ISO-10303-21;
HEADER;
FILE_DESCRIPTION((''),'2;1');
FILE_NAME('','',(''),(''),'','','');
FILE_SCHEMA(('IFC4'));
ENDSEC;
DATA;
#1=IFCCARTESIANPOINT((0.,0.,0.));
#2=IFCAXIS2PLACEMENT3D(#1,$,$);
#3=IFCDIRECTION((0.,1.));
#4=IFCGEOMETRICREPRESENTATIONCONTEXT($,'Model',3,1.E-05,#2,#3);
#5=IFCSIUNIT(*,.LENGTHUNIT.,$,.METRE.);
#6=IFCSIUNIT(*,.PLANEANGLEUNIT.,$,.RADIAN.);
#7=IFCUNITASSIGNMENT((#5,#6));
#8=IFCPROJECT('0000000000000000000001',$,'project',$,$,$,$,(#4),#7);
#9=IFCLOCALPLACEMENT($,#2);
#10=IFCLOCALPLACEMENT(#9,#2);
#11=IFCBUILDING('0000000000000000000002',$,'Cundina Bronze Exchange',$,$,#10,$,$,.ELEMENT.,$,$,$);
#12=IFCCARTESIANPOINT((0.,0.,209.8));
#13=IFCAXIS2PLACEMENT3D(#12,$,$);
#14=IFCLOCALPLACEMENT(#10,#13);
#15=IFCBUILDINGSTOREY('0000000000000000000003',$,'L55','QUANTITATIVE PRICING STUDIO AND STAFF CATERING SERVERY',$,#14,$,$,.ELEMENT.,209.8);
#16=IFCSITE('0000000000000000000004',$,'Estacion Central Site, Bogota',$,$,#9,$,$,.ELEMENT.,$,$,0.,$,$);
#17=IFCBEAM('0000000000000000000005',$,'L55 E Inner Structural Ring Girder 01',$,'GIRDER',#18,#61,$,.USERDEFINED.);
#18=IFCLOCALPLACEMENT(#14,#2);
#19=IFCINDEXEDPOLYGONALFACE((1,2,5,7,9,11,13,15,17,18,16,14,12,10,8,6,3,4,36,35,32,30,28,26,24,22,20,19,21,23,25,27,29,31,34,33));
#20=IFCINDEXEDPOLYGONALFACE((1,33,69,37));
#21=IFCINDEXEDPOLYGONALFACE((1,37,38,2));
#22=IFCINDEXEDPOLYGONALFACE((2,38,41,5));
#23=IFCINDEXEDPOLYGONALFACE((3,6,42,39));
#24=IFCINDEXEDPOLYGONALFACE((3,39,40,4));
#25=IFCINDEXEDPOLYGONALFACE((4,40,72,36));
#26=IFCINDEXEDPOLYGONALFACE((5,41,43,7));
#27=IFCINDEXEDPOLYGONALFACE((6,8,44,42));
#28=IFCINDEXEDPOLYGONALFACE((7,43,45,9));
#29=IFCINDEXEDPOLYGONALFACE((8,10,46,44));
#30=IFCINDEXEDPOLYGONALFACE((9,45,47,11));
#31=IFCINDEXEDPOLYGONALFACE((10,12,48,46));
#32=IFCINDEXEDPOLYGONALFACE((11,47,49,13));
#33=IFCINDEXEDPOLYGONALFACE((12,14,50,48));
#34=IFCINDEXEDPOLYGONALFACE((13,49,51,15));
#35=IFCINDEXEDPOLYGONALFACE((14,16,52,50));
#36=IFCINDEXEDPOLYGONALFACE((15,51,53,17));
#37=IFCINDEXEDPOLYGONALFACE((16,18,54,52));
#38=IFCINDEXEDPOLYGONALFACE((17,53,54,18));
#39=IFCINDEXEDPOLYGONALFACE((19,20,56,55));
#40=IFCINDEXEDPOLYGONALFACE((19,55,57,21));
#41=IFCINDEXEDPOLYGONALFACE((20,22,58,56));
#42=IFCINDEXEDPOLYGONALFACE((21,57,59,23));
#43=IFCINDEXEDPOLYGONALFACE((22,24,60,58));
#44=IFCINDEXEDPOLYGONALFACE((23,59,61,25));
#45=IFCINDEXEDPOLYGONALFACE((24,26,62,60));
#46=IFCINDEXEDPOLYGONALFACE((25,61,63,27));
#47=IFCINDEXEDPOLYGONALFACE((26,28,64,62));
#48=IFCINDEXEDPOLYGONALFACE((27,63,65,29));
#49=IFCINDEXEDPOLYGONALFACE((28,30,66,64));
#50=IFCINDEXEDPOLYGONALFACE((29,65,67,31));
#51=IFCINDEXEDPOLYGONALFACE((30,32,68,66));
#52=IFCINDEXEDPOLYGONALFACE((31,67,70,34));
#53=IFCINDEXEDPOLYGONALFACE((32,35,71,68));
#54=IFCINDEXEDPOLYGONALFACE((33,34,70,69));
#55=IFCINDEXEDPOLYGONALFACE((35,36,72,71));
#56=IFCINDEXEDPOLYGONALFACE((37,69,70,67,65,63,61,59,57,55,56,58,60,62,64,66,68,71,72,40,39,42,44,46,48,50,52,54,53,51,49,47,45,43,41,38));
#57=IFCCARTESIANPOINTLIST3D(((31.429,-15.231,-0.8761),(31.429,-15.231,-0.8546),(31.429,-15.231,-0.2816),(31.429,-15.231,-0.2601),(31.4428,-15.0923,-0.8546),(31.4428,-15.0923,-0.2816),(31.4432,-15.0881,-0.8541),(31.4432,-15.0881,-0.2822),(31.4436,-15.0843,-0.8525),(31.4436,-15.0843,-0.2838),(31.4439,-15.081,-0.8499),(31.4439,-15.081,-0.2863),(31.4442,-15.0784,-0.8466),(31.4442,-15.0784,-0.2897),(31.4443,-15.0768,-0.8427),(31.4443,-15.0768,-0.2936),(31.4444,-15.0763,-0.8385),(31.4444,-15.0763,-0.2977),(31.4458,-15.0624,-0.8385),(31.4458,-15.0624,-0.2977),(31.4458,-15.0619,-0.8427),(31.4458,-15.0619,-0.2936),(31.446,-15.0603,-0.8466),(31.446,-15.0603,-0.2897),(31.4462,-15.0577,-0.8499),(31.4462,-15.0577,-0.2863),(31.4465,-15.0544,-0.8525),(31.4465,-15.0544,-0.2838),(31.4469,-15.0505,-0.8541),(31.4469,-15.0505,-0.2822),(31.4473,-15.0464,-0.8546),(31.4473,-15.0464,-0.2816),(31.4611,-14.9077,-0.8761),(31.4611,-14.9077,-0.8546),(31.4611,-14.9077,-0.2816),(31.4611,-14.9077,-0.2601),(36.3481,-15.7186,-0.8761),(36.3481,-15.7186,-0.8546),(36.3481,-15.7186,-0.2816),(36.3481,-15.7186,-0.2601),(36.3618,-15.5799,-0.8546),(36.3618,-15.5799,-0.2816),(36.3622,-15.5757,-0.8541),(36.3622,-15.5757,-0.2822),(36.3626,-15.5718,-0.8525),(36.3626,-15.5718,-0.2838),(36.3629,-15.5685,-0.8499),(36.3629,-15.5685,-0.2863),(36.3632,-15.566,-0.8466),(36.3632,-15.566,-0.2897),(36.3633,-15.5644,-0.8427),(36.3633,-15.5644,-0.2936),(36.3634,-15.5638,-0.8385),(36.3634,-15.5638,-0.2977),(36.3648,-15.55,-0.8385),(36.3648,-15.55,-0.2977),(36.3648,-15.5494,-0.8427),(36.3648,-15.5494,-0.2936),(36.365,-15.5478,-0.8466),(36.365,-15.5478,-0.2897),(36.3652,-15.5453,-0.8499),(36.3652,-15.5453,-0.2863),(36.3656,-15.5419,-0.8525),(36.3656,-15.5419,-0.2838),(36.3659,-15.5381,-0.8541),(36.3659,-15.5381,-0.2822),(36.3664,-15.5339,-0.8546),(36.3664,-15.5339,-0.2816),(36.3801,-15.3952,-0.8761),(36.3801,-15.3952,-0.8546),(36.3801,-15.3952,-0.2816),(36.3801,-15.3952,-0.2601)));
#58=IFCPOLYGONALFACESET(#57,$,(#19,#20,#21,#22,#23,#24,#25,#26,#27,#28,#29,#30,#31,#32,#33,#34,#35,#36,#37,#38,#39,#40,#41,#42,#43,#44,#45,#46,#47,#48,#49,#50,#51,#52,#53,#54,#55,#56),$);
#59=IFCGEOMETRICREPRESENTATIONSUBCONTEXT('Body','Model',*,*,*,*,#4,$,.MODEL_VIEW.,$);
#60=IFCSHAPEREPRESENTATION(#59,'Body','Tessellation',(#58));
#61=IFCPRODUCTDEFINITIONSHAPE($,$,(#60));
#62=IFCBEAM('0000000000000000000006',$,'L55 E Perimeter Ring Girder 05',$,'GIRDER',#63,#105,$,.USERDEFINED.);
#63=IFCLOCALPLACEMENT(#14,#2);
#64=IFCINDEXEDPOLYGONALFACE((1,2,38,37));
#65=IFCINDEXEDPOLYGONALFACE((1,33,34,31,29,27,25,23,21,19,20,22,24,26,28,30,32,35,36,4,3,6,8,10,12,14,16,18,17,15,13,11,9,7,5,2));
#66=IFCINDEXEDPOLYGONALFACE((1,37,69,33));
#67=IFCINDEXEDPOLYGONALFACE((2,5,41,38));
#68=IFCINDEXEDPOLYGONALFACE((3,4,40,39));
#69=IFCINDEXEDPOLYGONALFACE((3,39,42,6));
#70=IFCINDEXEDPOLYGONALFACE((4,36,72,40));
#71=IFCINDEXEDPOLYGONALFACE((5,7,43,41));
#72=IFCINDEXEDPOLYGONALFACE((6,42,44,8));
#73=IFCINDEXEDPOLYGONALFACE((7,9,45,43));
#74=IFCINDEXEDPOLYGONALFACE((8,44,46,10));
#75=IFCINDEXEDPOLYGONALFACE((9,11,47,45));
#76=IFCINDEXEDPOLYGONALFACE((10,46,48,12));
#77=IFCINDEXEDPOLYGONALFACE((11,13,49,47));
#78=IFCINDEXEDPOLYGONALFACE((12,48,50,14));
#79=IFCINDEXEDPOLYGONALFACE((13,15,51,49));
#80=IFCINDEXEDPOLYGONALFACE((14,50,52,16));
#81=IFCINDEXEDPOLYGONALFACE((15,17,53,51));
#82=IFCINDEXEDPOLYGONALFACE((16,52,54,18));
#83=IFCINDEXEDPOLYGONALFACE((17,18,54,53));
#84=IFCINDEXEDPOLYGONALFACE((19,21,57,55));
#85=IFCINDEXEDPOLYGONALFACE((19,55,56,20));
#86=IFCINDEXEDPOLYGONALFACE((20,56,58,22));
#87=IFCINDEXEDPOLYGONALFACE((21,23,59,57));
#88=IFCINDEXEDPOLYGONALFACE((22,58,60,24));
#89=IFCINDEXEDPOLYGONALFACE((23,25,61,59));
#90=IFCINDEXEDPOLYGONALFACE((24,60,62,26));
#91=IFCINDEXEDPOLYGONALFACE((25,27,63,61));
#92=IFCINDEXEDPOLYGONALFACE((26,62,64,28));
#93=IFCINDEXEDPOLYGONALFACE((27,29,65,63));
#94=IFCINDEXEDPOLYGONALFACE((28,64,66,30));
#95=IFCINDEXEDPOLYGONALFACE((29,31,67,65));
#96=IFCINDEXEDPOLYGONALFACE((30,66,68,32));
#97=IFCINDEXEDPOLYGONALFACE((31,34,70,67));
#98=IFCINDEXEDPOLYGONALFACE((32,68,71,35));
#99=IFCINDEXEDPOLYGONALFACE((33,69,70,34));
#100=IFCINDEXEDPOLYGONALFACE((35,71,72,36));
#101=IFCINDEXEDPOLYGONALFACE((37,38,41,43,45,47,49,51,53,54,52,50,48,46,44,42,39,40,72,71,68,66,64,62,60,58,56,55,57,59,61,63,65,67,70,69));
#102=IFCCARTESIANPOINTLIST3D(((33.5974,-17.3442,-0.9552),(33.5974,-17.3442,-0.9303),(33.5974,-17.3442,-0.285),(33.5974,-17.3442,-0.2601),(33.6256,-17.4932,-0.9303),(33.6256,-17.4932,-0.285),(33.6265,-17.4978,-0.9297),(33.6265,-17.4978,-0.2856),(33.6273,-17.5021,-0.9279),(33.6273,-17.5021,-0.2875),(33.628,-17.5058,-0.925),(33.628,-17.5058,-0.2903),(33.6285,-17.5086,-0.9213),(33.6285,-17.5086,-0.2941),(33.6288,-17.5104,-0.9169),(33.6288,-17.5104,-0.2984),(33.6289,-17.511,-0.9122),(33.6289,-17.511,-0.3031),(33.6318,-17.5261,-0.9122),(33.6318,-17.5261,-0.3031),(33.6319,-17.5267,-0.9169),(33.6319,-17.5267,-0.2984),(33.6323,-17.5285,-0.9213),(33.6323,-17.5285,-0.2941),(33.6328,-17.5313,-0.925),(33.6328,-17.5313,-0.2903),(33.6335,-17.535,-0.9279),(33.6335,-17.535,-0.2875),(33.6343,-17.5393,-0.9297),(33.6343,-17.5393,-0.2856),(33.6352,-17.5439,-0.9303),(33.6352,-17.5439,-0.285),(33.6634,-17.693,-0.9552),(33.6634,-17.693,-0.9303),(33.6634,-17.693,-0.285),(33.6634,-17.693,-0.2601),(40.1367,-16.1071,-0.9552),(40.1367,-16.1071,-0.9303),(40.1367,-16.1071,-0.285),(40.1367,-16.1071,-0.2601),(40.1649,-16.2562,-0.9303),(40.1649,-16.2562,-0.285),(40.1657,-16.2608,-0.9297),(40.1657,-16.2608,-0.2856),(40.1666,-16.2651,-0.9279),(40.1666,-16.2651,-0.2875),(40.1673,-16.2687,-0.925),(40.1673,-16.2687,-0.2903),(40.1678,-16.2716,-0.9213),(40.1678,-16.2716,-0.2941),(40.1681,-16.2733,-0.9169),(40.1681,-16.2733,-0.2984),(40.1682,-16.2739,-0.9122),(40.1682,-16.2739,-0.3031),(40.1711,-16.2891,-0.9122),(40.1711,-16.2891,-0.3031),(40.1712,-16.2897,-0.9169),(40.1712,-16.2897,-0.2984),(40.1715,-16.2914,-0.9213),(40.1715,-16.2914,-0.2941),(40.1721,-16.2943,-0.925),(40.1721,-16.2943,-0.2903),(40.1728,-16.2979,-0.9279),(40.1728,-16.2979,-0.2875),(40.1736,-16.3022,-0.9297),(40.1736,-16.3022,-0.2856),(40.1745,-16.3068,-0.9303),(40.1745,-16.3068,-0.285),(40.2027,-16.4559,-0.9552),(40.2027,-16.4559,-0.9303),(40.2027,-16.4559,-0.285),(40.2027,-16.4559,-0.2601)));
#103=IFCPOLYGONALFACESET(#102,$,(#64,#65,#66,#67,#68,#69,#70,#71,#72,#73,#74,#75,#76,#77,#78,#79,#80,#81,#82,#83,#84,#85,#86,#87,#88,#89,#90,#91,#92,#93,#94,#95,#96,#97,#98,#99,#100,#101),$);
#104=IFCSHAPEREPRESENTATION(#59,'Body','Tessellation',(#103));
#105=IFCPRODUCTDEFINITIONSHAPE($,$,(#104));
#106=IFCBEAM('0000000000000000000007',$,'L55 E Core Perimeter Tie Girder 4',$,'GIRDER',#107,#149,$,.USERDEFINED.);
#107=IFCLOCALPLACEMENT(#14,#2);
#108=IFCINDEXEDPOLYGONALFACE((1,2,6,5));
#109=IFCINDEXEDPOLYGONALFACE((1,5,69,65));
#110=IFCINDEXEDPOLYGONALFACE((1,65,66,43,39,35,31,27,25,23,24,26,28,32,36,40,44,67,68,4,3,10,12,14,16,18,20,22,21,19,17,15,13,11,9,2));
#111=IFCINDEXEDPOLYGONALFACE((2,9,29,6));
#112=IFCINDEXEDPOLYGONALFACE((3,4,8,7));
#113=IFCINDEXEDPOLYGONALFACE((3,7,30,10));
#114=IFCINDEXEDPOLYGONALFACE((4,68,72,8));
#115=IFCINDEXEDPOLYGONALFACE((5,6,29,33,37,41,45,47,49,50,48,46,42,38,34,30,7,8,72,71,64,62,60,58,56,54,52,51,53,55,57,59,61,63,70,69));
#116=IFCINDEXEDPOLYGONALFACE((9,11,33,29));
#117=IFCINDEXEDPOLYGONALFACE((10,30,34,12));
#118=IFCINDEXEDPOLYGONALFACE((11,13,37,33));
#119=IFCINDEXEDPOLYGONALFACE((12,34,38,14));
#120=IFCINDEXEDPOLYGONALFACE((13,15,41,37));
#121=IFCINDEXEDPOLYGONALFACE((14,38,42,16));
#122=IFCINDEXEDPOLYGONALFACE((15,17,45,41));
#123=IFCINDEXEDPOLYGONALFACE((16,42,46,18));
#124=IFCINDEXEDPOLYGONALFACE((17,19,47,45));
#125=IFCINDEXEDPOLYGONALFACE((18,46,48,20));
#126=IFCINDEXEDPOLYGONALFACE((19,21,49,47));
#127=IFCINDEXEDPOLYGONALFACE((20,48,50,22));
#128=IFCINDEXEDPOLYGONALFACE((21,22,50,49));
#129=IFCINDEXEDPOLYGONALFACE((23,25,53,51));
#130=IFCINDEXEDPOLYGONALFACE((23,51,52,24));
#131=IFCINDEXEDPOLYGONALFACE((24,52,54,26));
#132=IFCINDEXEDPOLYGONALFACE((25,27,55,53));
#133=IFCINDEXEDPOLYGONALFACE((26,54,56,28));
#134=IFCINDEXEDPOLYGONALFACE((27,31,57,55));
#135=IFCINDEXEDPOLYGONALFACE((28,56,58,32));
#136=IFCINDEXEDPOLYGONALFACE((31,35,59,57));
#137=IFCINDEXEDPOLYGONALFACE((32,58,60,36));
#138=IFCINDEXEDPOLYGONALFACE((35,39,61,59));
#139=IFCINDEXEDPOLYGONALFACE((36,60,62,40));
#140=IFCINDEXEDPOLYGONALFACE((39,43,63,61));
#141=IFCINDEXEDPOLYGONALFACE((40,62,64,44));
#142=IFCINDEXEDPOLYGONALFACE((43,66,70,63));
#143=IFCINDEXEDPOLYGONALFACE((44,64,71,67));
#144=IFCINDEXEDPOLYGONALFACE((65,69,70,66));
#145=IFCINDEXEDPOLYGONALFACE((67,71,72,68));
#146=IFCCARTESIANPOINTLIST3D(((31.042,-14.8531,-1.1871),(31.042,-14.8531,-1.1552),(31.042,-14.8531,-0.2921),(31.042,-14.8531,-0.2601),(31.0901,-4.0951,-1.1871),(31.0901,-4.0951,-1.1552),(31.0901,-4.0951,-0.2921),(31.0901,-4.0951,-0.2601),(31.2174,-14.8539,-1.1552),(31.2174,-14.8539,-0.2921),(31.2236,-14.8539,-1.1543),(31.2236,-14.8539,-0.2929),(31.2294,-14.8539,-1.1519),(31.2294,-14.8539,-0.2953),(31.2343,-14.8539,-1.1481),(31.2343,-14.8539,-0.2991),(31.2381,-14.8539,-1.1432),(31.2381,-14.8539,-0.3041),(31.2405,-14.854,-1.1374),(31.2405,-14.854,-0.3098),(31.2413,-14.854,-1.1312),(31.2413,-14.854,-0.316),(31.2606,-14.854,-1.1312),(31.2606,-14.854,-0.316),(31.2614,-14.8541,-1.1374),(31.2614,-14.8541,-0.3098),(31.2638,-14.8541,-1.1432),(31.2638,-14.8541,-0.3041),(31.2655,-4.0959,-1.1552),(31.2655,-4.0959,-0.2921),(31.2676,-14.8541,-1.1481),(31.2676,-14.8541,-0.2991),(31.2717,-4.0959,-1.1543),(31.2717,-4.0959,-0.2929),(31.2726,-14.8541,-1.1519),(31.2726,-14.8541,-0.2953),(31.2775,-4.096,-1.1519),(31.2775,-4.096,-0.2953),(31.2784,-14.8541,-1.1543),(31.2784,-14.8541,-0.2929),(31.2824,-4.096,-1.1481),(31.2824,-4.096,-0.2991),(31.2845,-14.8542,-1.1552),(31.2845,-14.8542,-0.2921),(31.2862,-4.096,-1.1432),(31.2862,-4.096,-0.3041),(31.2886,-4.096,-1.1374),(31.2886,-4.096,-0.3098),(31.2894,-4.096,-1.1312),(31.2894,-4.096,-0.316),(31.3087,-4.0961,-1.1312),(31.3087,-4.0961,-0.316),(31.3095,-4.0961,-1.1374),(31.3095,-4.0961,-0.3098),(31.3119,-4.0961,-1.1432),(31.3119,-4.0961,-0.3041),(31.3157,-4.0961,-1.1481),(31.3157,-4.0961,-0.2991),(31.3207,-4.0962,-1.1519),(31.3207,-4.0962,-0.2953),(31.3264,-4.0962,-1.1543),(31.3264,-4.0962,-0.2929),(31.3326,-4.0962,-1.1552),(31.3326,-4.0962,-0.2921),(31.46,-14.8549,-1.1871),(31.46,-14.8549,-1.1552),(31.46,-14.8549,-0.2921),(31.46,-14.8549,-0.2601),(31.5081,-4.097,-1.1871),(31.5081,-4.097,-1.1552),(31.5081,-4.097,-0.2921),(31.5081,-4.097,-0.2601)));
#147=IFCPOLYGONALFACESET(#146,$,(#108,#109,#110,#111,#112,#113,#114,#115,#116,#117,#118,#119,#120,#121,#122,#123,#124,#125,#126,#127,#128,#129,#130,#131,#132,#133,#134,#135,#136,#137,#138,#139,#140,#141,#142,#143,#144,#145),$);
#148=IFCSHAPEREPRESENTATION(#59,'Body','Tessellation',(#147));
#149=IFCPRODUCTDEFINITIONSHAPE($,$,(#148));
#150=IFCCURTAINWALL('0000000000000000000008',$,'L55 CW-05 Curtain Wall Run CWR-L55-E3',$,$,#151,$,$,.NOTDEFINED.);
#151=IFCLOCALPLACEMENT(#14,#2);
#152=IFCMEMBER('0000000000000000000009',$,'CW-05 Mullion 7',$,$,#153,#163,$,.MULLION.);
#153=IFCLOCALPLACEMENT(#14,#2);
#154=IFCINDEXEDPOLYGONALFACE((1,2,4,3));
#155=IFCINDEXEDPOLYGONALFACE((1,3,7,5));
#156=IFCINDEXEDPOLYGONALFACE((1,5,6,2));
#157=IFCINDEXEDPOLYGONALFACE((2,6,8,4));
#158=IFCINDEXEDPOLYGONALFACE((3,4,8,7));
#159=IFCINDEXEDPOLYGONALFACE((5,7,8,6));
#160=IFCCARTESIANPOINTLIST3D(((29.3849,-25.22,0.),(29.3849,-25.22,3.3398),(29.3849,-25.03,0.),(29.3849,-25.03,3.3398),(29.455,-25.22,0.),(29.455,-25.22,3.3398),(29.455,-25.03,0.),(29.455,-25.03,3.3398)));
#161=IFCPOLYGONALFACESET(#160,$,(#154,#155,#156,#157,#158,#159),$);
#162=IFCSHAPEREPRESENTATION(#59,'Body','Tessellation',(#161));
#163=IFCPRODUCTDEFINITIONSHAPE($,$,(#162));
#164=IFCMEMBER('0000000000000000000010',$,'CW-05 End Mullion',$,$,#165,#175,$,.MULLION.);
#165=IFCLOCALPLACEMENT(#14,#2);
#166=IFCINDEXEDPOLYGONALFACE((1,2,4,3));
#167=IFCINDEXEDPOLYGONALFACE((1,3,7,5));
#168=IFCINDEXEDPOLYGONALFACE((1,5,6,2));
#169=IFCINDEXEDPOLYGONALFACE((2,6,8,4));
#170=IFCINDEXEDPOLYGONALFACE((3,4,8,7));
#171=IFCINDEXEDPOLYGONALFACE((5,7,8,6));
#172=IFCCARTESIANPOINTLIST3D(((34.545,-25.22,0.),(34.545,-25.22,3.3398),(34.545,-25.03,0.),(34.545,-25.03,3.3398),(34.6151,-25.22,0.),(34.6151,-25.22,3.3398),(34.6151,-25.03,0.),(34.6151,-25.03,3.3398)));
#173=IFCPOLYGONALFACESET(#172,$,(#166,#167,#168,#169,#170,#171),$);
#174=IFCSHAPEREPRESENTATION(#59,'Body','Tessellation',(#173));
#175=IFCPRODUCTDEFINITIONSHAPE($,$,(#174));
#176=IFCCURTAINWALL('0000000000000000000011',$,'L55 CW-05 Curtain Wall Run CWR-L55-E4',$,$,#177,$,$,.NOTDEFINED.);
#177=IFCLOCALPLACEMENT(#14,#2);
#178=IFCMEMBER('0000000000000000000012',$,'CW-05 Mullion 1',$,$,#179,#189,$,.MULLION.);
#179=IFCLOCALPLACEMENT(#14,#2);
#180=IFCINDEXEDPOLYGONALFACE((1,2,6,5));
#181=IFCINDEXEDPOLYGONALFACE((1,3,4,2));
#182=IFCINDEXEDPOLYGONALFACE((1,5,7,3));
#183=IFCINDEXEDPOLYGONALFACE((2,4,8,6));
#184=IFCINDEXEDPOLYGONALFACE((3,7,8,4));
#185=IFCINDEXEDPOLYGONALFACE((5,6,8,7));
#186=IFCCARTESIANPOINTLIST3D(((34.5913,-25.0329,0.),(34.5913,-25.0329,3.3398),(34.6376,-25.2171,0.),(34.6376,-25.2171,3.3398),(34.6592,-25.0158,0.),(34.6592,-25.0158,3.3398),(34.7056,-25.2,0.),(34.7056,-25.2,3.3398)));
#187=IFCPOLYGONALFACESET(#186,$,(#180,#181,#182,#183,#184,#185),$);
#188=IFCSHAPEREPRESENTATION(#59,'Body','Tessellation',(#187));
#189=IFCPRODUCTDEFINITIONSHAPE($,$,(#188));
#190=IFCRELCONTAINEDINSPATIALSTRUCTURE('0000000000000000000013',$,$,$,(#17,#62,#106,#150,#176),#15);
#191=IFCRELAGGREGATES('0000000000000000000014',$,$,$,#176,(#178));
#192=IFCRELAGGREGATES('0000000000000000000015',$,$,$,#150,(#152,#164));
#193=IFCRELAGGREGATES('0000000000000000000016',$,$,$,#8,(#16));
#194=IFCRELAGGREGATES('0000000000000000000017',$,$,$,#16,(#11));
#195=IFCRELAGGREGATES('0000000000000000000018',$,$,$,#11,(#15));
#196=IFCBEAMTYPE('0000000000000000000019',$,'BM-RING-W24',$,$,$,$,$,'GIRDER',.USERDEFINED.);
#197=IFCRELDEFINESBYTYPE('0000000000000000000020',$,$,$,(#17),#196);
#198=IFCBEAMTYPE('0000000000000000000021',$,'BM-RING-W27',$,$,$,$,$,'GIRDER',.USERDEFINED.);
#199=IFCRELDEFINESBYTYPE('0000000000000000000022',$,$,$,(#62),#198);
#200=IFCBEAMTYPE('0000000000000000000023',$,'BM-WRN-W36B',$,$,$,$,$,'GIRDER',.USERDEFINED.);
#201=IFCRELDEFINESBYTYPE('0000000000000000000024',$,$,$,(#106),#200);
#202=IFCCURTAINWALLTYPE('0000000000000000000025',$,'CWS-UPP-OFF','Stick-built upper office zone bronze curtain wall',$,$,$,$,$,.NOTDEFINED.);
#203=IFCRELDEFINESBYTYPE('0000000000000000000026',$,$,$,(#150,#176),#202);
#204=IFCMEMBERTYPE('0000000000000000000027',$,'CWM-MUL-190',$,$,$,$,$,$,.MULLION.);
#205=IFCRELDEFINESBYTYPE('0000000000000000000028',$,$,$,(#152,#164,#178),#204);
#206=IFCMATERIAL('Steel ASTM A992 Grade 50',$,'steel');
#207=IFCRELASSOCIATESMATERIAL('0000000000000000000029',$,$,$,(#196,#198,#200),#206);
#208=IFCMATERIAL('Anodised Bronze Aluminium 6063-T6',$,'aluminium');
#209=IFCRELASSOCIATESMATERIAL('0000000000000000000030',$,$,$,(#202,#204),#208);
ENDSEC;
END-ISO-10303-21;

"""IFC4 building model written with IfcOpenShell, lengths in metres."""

from ifc_helpers import new_model, si_unit, direction, frame, origin, origin_2d, place, context, subcontext, project, spatial, rectangle, i_section, extrude, material, material_profile, profile_set, type_object, element, aggregate, save


model = new_model("IFC4")

# Units and contexts
model_context = context("Model", 3, precision=1e-05, world=origin(), true_north=direction((0.0, 1.0)))
body_context = subcontext(model_context, "Body", "Model", "MODEL_VIEW")
ifc_project = project(units=[si_unit("LENGTHUNIT", "METRE"), si_unit("PLANEANGLEUNIT", "RADIAN")], contexts=[model_context])

# Site, building, storey
site_placement = place(None, origin())
site = spatial("IfcSite", under=ifc_project, at=site_placement, Name="Estacion Central Site, Bogota", CompositionType="ELEMENT", RefElevation=0.0)
building_placement = place(site_placement, origin())
building = spatial("IfcBuilding", under=site, at=building_placement, Name="Cundina Bronze Exchange", CompositionType="ELEMENT")
storey_placement = place(building_placement, frame((0.0, 0.0, 209.8)))
storey = spatial("IfcBuildingStorey", under=building, at=storey_placement, Name="L55", Description="QUANTITATIVE PRICING STUDIO AND STAFF CATERING SERVERY", CompositionType="ELEMENT", Elevation=209.8)

# Shared definitions
ifc_material_1 = material(Name="Steel ASTM A992 Grade 50", Category="steel")

# Beams
ifc_material_profile_1 = material_profile(ifc_material_1, i_section(OverallWidth=0.325, OverallDepth=0.616, WebThickness=0.0139, FlangeThickness=0.0215, FilletRadius=0.0161, at=origin_2d()), Name="W24X117", Category="steel")
ifc_profile_set_1 = profile_set([ifc_material_profile_1], Name="Steel ASTM A992 Grade 50")
beam_type_1 = type_object("IfcBeamType", Name="BM-RING-W24", ElementType="GIRDER", PredefinedType="USERDEFINED", material=ifc_profile_set_1)
beam_1_placement = place(storey_placement, frame((31.4451, -15.0693, -0.5681), z_axis=(0.995124, -0.098633, 0.0), x_axis=(0.098633, 0.995124, 0.0)))
element("IfcBeam", 1, at=beam_1_placement, inside=storey, type_object=beam_type_1, Name="L55 E Inner Structural Ring Girder 01", ObjectType="GIRDER", PredefinedType="USERDEFINED", context=body_context, shape_type="SweptSolid", body=[
    extrude(i_section(OverallWidth=0.325, OverallDepth=0.616, WebThickness=0.0139, FlangeThickness=0.0215, FilletRadius=0.0161, at=origin_2d()), origin(), (0.0, 0.0, 1.0), 4.9431),
])
ifc_material_profile_2 = material_profile(ifc_material_1, i_section(OverallWidth=0.355, OverallDepth=0.6951, WebThickness=0.0154, FlangeThickness=0.0249, FilletRadius=0.0181, at=origin_2d()), Name="W27X146", Category="steel")
ifc_profile_set_2 = profile_set([ifc_material_profile_2], Name="Steel ASTM A992 Grade 50")
beam_type_2 = type_object("IfcBeamType", Name="BM-RING-W27", ElementType="GIRDER", PredefinedType="USERDEFINED", material=ifc_profile_set_2)
beam_2_placement = place(storey_placement, frame((33.6304, -17.5186, -0.6077), z_axis=(0.982573, 0.185876, 0.0), x_axis=(-0.185876, 0.982573, 0.0)))
element("IfcBeam", 2, at=beam_2_placement, inside=storey, type_object=beam_type_2, Name="L55 E Perimeter Ring Girder 05", ObjectType="GIRDER", PredefinedType="USERDEFINED", context=body_context, shape_type="SweptSolid", body=[
    extrude(i_section(OverallWidth=0.355, OverallDepth=0.6951, WebThickness=0.0154, FlangeThickness=0.0249, FilletRadius=0.0181, at=origin_2d()), origin(), (0.0, 0.0, 1.0), 6.6553),
])
ifc_material_profile_3 = material_profile(ifc_material_1, i_section(OverallWidth=0.418, OverallDepth=0.927, WebThickness=0.0193, FlangeThickness=0.032, FilletRadius=0.0239, at=origin_2d()), Name="W36X231", Category="steel")
ifc_profile_set_3 = profile_set([ifc_material_profile_3], Name="Steel ASTM A992 Grade 50")
beam_type_3 = type_object("IfcBeamType", Name="BM-WRN-W36B", ElementType="GIRDER", PredefinedType="USERDEFINED", material=ifc_profile_set_3)
beam_3_placement = place(storey_placement, frame((31.251, -14.854, -0.7236), z_axis=(0.004471, 0.99999, 0.0), x_axis=(-0.99999, 0.004471, 0.0)))
element("IfcBeam", 3, at=beam_3_placement, inside=storey, type_object=beam_type_3, Name="L55 E Core Perimeter Tie Girder 4", ObjectType="GIRDER", PredefinedType="USERDEFINED", context=body_context, shape_type="SweptSolid", body=[
    extrude(i_section(OverallWidth=0.418, OverallDepth=0.927, WebThickness=0.0193, FlangeThickness=0.032, FilletRadius=0.0239, at=origin_2d()), origin(), (0.0, 0.0, 1.0), 10.7581),
])

# Curtain wall, members
ifc_material_2 = material(Name="Anodised Bronze Aluminium 6063-T6", Category="aluminium")
curtain_wall_type = type_object("IfcCurtainWallType", Name="CWS-UPP-OFF", Description="Stick-built upper office zone bronze curtain wall", PredefinedType="NOTDEFINED", material=ifc_material_2)
curtain_wall_1_placement = place(storey_placement, origin())
curtain_wall_1 = element("IfcCurtainWall", 4, at=curtain_wall_1_placement, inside=storey, type_object=curtain_wall_type, Name="L55 CW-05 Curtain Wall Run CWR-L55-E3", PredefinedType="NOTDEFINED")
ifc_material_profile_4 = material_profile(ifc_material_2, rectangle(XDim=0.0701, YDim=0.1899, at=origin_2d()), Name="AL70X190", Category="aluminium")
ifc_profile_set_4 = profile_set([ifc_material_profile_4], Name="Anodised Bronze Aluminium 6063-T6")
member_type_1 = type_object("IfcMemberType", Name="CWM-MUL-190", PredefinedType="MULLION", material=ifc_profile_set_4)
member_1_placement = place(storey_placement, frame((29.4199, -25.125, 0.0), z_axis=(0.0, 0.0, 1.0), x_axis=(1.0, 0.0, 0.0)))
member_1 = element("IfcMember", 5, at=member_1_placement, type_object=member_type_1, Name="CW-05 Mullion 7", PredefinedType="MULLION", context=body_context, shape_type="SweptSolid", body=[
    extrude(rectangle(XDim=0.0701, YDim=0.1899, at=origin_2d()), origin(), (0.0, 0.0, 1.0), 3.3398),
])
member_2_placement = place(storey_placement, frame((34.5801, -25.125, 0.0), z_axis=(0.0, 0.0, 1.0), x_axis=(1.0, 0.0, 0.0)))
member_2 = element("IfcMember", 6, at=member_2_placement, type_object=member_type_1, Name="CW-05 End Mullion", PredefinedType="MULLION", context=body_context, shape_type="SweptSolid", body=[
    extrude(rectangle(XDim=0.0701, YDim=0.1899, at=origin_2d()), origin(), (0.0, 0.0, 1.0), 3.3398),
])

# Curtain wall, member
curtain_wall_2_placement = place(storey_placement, origin())
curtain_wall_2 = element("IfcCurtainWall", 7, at=curtain_wall_2_placement, inside=storey, type_object=curtain_wall_type, Name="L55 CW-05 Curtain Wall Run CWR-L55-E4", PredefinedType="NOTDEFINED")
member_3_placement = place(storey_placement, frame((34.6484, -25.1165, 0.0), z_axis=(0.0, 0.0, 1.0), x_axis=(0.969744, 0.244123, 0.0)))
member_3 = element("IfcMember", 8, at=member_3_placement, type_object=member_type_1, Name="CW-05 Mullion 1", PredefinedType="MULLION", context=body_context, shape_type="SweptSolid", body=[
    extrude(rectangle(XDim=0.0701, YDim=0.1899, at=origin_2d()), origin(), (0.0, 0.0, 1.0), 3.3398),
])

aggregate(curtain_wall_2, [member_3])

aggregate(curtain_wall_1, [member_1, member_2])

save(model, "model.ifc")
